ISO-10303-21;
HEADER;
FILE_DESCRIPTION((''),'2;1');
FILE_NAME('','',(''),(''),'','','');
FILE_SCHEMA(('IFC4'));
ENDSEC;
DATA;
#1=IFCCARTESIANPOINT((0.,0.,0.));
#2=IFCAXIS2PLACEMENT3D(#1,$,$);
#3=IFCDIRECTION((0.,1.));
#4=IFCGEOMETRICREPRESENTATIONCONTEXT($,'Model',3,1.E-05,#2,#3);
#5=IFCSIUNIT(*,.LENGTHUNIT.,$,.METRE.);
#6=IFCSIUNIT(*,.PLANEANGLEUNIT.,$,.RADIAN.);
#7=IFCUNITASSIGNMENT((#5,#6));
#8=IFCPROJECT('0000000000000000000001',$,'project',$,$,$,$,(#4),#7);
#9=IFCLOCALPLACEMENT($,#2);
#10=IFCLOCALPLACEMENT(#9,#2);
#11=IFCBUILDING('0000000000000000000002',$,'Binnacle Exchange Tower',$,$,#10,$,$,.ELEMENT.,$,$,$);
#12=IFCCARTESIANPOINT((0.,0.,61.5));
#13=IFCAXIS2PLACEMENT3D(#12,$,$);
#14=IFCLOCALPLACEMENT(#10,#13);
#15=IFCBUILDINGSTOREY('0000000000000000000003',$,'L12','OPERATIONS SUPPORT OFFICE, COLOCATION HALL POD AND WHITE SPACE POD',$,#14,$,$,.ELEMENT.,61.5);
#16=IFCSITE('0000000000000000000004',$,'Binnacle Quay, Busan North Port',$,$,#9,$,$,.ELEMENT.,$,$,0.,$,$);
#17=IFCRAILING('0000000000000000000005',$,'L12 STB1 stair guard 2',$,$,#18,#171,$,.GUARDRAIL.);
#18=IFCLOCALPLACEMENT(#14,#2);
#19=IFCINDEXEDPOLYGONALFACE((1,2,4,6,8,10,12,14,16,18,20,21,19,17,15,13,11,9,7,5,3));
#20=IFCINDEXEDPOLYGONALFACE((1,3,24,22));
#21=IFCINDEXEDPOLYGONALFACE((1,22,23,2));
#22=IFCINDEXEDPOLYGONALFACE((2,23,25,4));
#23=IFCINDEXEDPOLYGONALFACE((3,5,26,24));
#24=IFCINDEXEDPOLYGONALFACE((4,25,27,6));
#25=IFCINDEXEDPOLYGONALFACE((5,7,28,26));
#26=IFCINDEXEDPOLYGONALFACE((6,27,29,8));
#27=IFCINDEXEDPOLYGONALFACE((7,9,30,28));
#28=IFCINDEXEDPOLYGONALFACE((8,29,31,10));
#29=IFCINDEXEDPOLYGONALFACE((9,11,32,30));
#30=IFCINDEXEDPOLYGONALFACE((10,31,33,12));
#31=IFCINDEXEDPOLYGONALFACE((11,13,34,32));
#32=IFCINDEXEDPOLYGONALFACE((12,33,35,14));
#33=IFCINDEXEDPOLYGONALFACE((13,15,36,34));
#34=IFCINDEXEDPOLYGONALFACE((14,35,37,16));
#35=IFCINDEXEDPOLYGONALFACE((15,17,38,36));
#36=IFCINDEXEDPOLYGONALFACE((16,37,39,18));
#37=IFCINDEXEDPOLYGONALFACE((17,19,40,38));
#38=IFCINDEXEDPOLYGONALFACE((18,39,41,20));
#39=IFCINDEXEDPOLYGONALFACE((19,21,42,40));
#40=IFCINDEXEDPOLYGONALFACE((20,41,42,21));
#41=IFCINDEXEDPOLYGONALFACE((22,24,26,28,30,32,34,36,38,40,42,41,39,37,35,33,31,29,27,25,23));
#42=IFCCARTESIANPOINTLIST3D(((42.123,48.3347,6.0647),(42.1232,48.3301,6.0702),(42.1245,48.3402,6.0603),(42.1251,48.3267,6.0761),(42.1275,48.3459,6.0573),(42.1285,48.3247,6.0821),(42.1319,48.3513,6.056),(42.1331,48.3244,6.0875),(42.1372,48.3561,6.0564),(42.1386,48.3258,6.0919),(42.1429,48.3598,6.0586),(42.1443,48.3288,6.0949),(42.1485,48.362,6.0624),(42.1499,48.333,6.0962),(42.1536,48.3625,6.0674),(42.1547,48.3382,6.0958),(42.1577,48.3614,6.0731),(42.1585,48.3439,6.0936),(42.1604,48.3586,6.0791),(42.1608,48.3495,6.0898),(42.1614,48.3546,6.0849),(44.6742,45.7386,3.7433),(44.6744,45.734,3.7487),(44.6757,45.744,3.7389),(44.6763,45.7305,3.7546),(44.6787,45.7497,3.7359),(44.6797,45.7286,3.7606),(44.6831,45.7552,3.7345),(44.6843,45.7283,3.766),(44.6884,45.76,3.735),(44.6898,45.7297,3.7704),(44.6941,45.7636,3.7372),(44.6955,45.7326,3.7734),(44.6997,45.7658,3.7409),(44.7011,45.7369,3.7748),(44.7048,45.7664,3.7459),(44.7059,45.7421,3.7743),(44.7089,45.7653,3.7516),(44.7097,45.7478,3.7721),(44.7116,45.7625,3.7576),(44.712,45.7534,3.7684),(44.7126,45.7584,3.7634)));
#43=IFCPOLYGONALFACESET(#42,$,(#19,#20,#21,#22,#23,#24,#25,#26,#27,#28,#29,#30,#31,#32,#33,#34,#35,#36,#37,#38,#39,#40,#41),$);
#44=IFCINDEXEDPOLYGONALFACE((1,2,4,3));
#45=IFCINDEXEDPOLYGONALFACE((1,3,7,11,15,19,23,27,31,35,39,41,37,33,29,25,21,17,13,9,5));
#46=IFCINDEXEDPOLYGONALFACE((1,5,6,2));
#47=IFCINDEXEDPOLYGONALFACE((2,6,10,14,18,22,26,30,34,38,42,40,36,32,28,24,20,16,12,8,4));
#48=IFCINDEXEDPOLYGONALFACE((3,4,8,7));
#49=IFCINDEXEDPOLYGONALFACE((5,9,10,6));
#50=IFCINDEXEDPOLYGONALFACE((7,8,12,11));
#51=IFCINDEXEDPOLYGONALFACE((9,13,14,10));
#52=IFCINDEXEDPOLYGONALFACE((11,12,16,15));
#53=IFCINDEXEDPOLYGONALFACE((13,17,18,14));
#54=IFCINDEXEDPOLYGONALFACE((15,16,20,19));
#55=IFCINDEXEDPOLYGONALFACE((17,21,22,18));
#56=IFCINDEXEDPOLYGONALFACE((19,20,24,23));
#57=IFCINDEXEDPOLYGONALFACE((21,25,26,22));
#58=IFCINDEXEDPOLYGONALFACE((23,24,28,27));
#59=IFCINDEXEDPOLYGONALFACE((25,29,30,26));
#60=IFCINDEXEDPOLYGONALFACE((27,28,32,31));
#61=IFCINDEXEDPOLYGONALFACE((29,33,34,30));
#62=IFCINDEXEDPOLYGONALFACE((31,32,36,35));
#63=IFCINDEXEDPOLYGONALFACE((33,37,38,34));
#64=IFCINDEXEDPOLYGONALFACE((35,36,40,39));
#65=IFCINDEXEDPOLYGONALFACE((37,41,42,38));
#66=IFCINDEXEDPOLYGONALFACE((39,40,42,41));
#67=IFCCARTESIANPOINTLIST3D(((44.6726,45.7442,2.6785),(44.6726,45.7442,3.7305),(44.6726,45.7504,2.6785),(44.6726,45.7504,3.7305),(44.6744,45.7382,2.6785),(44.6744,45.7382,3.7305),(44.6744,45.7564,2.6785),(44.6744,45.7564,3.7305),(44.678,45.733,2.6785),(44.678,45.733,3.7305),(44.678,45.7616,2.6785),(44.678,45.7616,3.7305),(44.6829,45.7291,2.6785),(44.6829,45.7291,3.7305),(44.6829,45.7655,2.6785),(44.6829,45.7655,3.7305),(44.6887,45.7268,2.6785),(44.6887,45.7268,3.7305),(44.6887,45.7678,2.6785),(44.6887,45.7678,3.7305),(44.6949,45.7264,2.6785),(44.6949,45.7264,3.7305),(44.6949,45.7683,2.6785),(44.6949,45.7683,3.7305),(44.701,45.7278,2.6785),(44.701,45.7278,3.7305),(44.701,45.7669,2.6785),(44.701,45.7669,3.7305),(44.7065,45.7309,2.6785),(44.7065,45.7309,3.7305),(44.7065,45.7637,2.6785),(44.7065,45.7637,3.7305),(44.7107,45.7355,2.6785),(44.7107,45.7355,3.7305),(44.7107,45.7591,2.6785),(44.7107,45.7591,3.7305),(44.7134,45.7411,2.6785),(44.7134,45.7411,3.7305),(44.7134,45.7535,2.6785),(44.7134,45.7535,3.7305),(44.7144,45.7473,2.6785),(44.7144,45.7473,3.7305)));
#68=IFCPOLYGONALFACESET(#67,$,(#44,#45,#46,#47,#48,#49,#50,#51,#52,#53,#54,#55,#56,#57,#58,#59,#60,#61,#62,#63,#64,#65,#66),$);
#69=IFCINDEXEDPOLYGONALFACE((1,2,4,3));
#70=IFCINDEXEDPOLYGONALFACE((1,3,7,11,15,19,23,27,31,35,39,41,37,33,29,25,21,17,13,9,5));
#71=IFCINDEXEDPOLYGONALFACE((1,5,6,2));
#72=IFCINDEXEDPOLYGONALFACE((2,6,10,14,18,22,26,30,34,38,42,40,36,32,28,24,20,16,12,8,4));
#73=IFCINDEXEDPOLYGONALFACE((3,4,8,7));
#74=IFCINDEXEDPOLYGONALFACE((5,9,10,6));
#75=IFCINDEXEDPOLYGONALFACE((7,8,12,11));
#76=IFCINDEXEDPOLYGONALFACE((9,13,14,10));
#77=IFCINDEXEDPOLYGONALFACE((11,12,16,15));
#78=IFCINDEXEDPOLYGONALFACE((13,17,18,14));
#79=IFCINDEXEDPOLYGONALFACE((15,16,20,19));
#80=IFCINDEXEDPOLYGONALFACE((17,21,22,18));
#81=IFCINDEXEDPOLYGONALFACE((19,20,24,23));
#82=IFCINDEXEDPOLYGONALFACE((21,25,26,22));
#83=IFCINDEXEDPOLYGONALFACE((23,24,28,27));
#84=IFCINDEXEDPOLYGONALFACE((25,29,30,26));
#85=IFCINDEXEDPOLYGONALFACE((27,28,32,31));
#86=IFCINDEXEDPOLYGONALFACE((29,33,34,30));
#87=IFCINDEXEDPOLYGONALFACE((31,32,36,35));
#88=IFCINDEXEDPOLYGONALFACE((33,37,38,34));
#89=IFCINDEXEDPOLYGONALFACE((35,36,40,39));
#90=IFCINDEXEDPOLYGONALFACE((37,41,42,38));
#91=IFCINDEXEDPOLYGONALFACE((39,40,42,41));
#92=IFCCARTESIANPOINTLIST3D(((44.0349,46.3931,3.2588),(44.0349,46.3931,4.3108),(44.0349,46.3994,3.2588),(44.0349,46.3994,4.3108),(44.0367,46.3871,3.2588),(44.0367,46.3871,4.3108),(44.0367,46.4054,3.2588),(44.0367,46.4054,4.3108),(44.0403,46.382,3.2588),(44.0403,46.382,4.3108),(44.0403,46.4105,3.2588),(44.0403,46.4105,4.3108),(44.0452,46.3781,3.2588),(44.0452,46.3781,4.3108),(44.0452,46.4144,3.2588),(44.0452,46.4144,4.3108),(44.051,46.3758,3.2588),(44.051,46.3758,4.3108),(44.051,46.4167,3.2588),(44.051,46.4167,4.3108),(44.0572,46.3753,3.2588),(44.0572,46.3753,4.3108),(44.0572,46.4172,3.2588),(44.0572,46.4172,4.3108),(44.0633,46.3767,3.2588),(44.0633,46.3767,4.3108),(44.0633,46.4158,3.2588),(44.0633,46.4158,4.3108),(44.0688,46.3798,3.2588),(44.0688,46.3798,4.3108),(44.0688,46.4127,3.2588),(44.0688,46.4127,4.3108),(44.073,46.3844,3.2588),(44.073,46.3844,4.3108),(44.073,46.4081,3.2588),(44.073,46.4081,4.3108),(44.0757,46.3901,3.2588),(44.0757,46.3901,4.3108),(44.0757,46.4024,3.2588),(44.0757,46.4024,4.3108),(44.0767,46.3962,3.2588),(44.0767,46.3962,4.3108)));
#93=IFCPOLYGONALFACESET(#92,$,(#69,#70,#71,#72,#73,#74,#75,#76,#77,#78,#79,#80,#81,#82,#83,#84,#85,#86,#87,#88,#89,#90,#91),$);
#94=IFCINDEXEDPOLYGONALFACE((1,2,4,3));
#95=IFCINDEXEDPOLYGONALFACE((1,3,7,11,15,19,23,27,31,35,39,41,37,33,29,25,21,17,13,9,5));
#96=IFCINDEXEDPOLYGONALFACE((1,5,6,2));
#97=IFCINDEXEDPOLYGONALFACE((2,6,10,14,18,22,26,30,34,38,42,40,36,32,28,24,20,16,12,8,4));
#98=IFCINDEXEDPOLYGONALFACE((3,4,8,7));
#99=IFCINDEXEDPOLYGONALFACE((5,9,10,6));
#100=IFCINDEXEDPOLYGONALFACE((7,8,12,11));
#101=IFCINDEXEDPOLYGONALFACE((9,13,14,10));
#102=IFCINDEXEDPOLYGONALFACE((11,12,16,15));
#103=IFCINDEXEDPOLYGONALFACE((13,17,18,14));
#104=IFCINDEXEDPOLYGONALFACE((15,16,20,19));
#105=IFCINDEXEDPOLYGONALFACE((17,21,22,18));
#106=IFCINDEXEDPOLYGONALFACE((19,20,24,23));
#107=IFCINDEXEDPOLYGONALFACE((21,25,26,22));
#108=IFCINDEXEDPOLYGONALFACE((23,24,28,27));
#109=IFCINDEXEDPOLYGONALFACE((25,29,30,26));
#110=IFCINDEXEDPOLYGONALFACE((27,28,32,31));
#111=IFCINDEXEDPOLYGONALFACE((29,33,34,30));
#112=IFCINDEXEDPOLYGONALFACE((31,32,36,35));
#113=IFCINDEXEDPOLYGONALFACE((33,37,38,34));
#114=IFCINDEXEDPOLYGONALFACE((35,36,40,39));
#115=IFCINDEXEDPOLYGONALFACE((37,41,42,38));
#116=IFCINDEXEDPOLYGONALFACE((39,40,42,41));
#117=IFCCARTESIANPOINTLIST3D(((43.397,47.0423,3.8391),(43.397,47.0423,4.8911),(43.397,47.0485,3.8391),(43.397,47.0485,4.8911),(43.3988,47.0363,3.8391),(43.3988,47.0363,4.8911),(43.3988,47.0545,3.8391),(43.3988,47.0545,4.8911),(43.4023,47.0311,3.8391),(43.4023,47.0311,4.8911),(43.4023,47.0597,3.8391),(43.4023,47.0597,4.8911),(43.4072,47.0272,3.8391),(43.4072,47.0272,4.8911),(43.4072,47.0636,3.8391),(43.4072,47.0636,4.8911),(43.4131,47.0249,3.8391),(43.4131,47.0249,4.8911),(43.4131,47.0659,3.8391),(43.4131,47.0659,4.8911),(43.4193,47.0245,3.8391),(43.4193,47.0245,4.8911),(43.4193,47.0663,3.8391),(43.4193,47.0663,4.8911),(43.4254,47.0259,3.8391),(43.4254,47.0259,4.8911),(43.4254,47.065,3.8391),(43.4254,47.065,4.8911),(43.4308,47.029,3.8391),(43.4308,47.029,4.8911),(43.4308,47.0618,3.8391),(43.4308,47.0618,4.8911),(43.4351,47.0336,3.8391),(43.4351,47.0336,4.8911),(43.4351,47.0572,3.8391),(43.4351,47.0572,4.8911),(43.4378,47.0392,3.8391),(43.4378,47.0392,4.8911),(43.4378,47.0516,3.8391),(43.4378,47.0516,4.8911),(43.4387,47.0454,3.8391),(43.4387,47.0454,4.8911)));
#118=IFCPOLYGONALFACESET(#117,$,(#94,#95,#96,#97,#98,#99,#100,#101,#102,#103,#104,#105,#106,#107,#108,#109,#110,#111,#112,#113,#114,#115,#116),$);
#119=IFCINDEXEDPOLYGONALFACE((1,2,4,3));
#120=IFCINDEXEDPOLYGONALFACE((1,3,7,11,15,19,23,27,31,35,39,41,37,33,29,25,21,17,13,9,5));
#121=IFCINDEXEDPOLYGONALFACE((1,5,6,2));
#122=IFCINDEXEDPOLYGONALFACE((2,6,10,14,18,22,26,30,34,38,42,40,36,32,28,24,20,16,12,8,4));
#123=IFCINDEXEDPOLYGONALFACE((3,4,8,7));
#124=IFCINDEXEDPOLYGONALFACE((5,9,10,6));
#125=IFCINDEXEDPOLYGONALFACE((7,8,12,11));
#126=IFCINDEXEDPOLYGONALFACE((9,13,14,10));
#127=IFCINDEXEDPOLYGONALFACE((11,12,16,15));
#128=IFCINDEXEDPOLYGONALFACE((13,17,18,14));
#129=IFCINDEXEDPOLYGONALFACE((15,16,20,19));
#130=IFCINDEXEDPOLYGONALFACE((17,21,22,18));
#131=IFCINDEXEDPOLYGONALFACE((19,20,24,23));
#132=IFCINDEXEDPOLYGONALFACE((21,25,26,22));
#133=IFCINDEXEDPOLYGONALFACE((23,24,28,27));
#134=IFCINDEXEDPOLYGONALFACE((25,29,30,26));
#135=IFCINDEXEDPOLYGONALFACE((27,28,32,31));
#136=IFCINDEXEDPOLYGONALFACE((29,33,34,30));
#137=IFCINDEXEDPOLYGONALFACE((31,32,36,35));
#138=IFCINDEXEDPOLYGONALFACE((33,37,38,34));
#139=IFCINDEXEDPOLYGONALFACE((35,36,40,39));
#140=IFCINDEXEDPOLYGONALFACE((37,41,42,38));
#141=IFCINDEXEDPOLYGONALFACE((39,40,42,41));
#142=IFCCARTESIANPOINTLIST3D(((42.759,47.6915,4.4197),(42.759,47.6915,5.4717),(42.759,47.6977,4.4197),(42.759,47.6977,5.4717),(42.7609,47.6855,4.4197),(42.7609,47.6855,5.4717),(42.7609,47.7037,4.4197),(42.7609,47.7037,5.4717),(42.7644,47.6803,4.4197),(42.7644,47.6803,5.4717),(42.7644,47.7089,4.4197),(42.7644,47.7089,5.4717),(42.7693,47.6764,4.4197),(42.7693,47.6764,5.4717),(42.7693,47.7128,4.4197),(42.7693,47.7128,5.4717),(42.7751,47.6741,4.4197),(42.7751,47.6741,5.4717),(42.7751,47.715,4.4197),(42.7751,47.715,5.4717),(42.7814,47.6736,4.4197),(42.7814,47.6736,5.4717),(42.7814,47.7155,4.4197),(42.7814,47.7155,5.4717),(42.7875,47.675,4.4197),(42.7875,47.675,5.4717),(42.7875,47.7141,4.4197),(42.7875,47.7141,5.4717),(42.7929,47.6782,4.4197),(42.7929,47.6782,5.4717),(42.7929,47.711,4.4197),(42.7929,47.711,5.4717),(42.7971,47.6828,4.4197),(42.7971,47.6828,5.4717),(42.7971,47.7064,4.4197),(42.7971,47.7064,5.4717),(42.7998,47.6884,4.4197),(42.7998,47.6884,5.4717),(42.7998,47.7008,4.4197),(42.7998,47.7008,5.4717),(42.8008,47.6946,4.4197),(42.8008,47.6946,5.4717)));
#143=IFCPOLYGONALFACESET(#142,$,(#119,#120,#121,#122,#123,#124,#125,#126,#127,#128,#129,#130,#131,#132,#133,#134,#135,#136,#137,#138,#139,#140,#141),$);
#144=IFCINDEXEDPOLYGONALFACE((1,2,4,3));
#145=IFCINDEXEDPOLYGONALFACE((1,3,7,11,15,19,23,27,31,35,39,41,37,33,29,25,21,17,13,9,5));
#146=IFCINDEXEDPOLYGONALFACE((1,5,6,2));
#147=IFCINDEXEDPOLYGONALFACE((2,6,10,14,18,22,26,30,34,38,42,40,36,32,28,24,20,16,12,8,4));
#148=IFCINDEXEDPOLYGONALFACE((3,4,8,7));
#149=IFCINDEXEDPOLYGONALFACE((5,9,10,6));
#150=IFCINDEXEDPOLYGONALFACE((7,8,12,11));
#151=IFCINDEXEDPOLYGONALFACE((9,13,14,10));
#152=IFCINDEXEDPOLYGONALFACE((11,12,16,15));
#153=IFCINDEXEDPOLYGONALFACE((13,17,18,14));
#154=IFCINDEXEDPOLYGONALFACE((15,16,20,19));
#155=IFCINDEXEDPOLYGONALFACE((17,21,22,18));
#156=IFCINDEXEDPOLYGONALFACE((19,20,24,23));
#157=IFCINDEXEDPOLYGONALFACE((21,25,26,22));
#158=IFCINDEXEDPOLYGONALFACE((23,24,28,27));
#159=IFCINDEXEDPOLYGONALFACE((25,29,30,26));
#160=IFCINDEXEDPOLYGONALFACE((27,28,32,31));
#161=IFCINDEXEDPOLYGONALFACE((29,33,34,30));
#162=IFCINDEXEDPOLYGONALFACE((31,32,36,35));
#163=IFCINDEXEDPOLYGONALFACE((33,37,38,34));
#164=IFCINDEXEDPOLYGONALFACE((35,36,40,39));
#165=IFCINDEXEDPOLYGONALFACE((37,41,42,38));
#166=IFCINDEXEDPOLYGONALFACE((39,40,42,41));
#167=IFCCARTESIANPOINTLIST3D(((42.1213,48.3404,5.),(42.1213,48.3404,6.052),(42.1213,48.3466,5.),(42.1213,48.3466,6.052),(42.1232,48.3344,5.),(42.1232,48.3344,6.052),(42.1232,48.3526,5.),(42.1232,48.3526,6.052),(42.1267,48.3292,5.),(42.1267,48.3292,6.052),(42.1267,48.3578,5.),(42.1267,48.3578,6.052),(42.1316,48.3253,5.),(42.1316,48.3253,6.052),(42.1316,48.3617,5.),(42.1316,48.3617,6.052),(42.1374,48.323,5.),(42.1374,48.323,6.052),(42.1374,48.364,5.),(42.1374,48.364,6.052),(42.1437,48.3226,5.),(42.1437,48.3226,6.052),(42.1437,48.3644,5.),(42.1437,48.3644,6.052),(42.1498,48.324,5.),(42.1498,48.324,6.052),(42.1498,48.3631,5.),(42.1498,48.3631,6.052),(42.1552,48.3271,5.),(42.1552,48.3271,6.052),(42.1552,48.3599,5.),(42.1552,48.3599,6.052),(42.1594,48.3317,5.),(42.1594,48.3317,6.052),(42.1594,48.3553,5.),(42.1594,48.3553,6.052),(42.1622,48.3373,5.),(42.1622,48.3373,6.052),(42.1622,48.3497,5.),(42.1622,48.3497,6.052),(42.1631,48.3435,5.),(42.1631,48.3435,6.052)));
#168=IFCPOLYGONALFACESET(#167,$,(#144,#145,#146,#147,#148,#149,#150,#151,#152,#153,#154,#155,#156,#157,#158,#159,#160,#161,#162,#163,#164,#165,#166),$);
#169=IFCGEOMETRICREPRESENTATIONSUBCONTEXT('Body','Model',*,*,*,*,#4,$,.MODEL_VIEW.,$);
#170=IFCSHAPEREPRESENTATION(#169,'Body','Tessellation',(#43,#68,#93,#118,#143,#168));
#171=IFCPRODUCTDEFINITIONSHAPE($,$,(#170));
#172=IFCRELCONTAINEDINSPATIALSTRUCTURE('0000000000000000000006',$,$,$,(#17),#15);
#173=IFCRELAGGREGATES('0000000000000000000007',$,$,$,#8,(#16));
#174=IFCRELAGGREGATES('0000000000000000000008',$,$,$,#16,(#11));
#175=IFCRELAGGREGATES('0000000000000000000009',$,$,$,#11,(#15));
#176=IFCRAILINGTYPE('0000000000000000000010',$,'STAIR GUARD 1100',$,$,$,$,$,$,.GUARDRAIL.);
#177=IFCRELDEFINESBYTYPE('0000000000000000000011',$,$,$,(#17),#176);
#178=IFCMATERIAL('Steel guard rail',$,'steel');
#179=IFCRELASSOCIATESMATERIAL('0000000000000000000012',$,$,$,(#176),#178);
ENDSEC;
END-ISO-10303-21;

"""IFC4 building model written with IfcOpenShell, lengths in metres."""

from ifc_helpers import new_model, si_unit, direction, frame, origin, origin_2d, place, context, subcontext, project, spatial, circle, extrude, material, type_object, element, save


model = new_model("IFC4")

# Units and contexts
model_context = context("Model", 3, precision=1e-05, world=origin(), true_north=direction((0.0, 1.0)))
body_context = subcontext(model_context, "Body", "Model", "MODEL_VIEW")
ifc_project = project(units=[si_unit("LENGTHUNIT", "METRE"), si_unit("PLANEANGLEUNIT", "RADIAN")], contexts=[model_context])

# Site, building, storey
site_placement = place(None, origin())
site = spatial("IfcSite", under=ifc_project, at=site_placement, Name="Binnacle Quay, Busan North Port", CompositionType="ELEMENT", RefElevation=0.0)
building_placement = place(site_placement, origin())
building = spatial("IfcBuilding", under=site, at=building_placement, Name="Binnacle Exchange Tower", CompositionType="ELEMENT")
storey_placement = place(building_placement, frame((0.0, 0.0, 61.5)))
storey = spatial("IfcBuildingStorey", under=building, at=storey_placement, Name="L12", Description="OPERATIONS SUPPORT OFFICE, COLOCATION HALL POD AND WHITE SPACE POD", CompositionType="ELEMENT", Elevation=61.5)

# Railing
ifc_material_1 = material(Name="Steel guard rail", Category="steel")
railing_type_1 = type_object("IfcRailingType", Name="STAIR GUARD 1100", PredefinedType="GUARDRAIL", material=ifc_material_1)
railing_1_placement = place(storey_placement, frame((44.6934, 45.7473, 2.6785)))
element("IfcRailing", 1, at=railing_1_placement, inside=storey, type_object=railing_type_1, Name="L12 STB1 stair guard 2", PredefinedType="GUARDRAIL", context=body_context, shape_type="SweptSolid", body=[
    extrude(circle(Radius=0.0239, at=origin_2d()), frame((0.0, 0.0, 1.0762), z_axis=(-0.590947, 0.601352, 0.537733), x_axis=(-0.713251, -0.700909, 0.0)), (0.0, 0.0, 1.0), 4.3171),
    extrude(circle(Radius=0.021, at=origin_2d()), origin(), (0.0, 0.0, 1.0), 1.052),
    extrude(circle(Radius=0.021, at=origin_2d()), frame((-0.6377, 0.6489, 0.5803)), (0.0, 0.0, 1.0), 1.052),
    extrude(circle(Radius=0.021, at=origin_2d()), frame((-1.2756, 1.2981, 1.1606)), (0.0, 0.0, 1.0), 1.052),
    extrude(circle(Radius=0.021, at=origin_2d()), frame((-1.9136, 1.9473, 1.7412)), (0.0, 0.0, 1.0), 1.052),
    extrude(circle(Radius=0.021, at=origin_2d()), frame((-2.5513, 2.5962, 2.3215)), (0.0, 0.0, 1.0), 1.052),
])

save(model, "model.ifc")
